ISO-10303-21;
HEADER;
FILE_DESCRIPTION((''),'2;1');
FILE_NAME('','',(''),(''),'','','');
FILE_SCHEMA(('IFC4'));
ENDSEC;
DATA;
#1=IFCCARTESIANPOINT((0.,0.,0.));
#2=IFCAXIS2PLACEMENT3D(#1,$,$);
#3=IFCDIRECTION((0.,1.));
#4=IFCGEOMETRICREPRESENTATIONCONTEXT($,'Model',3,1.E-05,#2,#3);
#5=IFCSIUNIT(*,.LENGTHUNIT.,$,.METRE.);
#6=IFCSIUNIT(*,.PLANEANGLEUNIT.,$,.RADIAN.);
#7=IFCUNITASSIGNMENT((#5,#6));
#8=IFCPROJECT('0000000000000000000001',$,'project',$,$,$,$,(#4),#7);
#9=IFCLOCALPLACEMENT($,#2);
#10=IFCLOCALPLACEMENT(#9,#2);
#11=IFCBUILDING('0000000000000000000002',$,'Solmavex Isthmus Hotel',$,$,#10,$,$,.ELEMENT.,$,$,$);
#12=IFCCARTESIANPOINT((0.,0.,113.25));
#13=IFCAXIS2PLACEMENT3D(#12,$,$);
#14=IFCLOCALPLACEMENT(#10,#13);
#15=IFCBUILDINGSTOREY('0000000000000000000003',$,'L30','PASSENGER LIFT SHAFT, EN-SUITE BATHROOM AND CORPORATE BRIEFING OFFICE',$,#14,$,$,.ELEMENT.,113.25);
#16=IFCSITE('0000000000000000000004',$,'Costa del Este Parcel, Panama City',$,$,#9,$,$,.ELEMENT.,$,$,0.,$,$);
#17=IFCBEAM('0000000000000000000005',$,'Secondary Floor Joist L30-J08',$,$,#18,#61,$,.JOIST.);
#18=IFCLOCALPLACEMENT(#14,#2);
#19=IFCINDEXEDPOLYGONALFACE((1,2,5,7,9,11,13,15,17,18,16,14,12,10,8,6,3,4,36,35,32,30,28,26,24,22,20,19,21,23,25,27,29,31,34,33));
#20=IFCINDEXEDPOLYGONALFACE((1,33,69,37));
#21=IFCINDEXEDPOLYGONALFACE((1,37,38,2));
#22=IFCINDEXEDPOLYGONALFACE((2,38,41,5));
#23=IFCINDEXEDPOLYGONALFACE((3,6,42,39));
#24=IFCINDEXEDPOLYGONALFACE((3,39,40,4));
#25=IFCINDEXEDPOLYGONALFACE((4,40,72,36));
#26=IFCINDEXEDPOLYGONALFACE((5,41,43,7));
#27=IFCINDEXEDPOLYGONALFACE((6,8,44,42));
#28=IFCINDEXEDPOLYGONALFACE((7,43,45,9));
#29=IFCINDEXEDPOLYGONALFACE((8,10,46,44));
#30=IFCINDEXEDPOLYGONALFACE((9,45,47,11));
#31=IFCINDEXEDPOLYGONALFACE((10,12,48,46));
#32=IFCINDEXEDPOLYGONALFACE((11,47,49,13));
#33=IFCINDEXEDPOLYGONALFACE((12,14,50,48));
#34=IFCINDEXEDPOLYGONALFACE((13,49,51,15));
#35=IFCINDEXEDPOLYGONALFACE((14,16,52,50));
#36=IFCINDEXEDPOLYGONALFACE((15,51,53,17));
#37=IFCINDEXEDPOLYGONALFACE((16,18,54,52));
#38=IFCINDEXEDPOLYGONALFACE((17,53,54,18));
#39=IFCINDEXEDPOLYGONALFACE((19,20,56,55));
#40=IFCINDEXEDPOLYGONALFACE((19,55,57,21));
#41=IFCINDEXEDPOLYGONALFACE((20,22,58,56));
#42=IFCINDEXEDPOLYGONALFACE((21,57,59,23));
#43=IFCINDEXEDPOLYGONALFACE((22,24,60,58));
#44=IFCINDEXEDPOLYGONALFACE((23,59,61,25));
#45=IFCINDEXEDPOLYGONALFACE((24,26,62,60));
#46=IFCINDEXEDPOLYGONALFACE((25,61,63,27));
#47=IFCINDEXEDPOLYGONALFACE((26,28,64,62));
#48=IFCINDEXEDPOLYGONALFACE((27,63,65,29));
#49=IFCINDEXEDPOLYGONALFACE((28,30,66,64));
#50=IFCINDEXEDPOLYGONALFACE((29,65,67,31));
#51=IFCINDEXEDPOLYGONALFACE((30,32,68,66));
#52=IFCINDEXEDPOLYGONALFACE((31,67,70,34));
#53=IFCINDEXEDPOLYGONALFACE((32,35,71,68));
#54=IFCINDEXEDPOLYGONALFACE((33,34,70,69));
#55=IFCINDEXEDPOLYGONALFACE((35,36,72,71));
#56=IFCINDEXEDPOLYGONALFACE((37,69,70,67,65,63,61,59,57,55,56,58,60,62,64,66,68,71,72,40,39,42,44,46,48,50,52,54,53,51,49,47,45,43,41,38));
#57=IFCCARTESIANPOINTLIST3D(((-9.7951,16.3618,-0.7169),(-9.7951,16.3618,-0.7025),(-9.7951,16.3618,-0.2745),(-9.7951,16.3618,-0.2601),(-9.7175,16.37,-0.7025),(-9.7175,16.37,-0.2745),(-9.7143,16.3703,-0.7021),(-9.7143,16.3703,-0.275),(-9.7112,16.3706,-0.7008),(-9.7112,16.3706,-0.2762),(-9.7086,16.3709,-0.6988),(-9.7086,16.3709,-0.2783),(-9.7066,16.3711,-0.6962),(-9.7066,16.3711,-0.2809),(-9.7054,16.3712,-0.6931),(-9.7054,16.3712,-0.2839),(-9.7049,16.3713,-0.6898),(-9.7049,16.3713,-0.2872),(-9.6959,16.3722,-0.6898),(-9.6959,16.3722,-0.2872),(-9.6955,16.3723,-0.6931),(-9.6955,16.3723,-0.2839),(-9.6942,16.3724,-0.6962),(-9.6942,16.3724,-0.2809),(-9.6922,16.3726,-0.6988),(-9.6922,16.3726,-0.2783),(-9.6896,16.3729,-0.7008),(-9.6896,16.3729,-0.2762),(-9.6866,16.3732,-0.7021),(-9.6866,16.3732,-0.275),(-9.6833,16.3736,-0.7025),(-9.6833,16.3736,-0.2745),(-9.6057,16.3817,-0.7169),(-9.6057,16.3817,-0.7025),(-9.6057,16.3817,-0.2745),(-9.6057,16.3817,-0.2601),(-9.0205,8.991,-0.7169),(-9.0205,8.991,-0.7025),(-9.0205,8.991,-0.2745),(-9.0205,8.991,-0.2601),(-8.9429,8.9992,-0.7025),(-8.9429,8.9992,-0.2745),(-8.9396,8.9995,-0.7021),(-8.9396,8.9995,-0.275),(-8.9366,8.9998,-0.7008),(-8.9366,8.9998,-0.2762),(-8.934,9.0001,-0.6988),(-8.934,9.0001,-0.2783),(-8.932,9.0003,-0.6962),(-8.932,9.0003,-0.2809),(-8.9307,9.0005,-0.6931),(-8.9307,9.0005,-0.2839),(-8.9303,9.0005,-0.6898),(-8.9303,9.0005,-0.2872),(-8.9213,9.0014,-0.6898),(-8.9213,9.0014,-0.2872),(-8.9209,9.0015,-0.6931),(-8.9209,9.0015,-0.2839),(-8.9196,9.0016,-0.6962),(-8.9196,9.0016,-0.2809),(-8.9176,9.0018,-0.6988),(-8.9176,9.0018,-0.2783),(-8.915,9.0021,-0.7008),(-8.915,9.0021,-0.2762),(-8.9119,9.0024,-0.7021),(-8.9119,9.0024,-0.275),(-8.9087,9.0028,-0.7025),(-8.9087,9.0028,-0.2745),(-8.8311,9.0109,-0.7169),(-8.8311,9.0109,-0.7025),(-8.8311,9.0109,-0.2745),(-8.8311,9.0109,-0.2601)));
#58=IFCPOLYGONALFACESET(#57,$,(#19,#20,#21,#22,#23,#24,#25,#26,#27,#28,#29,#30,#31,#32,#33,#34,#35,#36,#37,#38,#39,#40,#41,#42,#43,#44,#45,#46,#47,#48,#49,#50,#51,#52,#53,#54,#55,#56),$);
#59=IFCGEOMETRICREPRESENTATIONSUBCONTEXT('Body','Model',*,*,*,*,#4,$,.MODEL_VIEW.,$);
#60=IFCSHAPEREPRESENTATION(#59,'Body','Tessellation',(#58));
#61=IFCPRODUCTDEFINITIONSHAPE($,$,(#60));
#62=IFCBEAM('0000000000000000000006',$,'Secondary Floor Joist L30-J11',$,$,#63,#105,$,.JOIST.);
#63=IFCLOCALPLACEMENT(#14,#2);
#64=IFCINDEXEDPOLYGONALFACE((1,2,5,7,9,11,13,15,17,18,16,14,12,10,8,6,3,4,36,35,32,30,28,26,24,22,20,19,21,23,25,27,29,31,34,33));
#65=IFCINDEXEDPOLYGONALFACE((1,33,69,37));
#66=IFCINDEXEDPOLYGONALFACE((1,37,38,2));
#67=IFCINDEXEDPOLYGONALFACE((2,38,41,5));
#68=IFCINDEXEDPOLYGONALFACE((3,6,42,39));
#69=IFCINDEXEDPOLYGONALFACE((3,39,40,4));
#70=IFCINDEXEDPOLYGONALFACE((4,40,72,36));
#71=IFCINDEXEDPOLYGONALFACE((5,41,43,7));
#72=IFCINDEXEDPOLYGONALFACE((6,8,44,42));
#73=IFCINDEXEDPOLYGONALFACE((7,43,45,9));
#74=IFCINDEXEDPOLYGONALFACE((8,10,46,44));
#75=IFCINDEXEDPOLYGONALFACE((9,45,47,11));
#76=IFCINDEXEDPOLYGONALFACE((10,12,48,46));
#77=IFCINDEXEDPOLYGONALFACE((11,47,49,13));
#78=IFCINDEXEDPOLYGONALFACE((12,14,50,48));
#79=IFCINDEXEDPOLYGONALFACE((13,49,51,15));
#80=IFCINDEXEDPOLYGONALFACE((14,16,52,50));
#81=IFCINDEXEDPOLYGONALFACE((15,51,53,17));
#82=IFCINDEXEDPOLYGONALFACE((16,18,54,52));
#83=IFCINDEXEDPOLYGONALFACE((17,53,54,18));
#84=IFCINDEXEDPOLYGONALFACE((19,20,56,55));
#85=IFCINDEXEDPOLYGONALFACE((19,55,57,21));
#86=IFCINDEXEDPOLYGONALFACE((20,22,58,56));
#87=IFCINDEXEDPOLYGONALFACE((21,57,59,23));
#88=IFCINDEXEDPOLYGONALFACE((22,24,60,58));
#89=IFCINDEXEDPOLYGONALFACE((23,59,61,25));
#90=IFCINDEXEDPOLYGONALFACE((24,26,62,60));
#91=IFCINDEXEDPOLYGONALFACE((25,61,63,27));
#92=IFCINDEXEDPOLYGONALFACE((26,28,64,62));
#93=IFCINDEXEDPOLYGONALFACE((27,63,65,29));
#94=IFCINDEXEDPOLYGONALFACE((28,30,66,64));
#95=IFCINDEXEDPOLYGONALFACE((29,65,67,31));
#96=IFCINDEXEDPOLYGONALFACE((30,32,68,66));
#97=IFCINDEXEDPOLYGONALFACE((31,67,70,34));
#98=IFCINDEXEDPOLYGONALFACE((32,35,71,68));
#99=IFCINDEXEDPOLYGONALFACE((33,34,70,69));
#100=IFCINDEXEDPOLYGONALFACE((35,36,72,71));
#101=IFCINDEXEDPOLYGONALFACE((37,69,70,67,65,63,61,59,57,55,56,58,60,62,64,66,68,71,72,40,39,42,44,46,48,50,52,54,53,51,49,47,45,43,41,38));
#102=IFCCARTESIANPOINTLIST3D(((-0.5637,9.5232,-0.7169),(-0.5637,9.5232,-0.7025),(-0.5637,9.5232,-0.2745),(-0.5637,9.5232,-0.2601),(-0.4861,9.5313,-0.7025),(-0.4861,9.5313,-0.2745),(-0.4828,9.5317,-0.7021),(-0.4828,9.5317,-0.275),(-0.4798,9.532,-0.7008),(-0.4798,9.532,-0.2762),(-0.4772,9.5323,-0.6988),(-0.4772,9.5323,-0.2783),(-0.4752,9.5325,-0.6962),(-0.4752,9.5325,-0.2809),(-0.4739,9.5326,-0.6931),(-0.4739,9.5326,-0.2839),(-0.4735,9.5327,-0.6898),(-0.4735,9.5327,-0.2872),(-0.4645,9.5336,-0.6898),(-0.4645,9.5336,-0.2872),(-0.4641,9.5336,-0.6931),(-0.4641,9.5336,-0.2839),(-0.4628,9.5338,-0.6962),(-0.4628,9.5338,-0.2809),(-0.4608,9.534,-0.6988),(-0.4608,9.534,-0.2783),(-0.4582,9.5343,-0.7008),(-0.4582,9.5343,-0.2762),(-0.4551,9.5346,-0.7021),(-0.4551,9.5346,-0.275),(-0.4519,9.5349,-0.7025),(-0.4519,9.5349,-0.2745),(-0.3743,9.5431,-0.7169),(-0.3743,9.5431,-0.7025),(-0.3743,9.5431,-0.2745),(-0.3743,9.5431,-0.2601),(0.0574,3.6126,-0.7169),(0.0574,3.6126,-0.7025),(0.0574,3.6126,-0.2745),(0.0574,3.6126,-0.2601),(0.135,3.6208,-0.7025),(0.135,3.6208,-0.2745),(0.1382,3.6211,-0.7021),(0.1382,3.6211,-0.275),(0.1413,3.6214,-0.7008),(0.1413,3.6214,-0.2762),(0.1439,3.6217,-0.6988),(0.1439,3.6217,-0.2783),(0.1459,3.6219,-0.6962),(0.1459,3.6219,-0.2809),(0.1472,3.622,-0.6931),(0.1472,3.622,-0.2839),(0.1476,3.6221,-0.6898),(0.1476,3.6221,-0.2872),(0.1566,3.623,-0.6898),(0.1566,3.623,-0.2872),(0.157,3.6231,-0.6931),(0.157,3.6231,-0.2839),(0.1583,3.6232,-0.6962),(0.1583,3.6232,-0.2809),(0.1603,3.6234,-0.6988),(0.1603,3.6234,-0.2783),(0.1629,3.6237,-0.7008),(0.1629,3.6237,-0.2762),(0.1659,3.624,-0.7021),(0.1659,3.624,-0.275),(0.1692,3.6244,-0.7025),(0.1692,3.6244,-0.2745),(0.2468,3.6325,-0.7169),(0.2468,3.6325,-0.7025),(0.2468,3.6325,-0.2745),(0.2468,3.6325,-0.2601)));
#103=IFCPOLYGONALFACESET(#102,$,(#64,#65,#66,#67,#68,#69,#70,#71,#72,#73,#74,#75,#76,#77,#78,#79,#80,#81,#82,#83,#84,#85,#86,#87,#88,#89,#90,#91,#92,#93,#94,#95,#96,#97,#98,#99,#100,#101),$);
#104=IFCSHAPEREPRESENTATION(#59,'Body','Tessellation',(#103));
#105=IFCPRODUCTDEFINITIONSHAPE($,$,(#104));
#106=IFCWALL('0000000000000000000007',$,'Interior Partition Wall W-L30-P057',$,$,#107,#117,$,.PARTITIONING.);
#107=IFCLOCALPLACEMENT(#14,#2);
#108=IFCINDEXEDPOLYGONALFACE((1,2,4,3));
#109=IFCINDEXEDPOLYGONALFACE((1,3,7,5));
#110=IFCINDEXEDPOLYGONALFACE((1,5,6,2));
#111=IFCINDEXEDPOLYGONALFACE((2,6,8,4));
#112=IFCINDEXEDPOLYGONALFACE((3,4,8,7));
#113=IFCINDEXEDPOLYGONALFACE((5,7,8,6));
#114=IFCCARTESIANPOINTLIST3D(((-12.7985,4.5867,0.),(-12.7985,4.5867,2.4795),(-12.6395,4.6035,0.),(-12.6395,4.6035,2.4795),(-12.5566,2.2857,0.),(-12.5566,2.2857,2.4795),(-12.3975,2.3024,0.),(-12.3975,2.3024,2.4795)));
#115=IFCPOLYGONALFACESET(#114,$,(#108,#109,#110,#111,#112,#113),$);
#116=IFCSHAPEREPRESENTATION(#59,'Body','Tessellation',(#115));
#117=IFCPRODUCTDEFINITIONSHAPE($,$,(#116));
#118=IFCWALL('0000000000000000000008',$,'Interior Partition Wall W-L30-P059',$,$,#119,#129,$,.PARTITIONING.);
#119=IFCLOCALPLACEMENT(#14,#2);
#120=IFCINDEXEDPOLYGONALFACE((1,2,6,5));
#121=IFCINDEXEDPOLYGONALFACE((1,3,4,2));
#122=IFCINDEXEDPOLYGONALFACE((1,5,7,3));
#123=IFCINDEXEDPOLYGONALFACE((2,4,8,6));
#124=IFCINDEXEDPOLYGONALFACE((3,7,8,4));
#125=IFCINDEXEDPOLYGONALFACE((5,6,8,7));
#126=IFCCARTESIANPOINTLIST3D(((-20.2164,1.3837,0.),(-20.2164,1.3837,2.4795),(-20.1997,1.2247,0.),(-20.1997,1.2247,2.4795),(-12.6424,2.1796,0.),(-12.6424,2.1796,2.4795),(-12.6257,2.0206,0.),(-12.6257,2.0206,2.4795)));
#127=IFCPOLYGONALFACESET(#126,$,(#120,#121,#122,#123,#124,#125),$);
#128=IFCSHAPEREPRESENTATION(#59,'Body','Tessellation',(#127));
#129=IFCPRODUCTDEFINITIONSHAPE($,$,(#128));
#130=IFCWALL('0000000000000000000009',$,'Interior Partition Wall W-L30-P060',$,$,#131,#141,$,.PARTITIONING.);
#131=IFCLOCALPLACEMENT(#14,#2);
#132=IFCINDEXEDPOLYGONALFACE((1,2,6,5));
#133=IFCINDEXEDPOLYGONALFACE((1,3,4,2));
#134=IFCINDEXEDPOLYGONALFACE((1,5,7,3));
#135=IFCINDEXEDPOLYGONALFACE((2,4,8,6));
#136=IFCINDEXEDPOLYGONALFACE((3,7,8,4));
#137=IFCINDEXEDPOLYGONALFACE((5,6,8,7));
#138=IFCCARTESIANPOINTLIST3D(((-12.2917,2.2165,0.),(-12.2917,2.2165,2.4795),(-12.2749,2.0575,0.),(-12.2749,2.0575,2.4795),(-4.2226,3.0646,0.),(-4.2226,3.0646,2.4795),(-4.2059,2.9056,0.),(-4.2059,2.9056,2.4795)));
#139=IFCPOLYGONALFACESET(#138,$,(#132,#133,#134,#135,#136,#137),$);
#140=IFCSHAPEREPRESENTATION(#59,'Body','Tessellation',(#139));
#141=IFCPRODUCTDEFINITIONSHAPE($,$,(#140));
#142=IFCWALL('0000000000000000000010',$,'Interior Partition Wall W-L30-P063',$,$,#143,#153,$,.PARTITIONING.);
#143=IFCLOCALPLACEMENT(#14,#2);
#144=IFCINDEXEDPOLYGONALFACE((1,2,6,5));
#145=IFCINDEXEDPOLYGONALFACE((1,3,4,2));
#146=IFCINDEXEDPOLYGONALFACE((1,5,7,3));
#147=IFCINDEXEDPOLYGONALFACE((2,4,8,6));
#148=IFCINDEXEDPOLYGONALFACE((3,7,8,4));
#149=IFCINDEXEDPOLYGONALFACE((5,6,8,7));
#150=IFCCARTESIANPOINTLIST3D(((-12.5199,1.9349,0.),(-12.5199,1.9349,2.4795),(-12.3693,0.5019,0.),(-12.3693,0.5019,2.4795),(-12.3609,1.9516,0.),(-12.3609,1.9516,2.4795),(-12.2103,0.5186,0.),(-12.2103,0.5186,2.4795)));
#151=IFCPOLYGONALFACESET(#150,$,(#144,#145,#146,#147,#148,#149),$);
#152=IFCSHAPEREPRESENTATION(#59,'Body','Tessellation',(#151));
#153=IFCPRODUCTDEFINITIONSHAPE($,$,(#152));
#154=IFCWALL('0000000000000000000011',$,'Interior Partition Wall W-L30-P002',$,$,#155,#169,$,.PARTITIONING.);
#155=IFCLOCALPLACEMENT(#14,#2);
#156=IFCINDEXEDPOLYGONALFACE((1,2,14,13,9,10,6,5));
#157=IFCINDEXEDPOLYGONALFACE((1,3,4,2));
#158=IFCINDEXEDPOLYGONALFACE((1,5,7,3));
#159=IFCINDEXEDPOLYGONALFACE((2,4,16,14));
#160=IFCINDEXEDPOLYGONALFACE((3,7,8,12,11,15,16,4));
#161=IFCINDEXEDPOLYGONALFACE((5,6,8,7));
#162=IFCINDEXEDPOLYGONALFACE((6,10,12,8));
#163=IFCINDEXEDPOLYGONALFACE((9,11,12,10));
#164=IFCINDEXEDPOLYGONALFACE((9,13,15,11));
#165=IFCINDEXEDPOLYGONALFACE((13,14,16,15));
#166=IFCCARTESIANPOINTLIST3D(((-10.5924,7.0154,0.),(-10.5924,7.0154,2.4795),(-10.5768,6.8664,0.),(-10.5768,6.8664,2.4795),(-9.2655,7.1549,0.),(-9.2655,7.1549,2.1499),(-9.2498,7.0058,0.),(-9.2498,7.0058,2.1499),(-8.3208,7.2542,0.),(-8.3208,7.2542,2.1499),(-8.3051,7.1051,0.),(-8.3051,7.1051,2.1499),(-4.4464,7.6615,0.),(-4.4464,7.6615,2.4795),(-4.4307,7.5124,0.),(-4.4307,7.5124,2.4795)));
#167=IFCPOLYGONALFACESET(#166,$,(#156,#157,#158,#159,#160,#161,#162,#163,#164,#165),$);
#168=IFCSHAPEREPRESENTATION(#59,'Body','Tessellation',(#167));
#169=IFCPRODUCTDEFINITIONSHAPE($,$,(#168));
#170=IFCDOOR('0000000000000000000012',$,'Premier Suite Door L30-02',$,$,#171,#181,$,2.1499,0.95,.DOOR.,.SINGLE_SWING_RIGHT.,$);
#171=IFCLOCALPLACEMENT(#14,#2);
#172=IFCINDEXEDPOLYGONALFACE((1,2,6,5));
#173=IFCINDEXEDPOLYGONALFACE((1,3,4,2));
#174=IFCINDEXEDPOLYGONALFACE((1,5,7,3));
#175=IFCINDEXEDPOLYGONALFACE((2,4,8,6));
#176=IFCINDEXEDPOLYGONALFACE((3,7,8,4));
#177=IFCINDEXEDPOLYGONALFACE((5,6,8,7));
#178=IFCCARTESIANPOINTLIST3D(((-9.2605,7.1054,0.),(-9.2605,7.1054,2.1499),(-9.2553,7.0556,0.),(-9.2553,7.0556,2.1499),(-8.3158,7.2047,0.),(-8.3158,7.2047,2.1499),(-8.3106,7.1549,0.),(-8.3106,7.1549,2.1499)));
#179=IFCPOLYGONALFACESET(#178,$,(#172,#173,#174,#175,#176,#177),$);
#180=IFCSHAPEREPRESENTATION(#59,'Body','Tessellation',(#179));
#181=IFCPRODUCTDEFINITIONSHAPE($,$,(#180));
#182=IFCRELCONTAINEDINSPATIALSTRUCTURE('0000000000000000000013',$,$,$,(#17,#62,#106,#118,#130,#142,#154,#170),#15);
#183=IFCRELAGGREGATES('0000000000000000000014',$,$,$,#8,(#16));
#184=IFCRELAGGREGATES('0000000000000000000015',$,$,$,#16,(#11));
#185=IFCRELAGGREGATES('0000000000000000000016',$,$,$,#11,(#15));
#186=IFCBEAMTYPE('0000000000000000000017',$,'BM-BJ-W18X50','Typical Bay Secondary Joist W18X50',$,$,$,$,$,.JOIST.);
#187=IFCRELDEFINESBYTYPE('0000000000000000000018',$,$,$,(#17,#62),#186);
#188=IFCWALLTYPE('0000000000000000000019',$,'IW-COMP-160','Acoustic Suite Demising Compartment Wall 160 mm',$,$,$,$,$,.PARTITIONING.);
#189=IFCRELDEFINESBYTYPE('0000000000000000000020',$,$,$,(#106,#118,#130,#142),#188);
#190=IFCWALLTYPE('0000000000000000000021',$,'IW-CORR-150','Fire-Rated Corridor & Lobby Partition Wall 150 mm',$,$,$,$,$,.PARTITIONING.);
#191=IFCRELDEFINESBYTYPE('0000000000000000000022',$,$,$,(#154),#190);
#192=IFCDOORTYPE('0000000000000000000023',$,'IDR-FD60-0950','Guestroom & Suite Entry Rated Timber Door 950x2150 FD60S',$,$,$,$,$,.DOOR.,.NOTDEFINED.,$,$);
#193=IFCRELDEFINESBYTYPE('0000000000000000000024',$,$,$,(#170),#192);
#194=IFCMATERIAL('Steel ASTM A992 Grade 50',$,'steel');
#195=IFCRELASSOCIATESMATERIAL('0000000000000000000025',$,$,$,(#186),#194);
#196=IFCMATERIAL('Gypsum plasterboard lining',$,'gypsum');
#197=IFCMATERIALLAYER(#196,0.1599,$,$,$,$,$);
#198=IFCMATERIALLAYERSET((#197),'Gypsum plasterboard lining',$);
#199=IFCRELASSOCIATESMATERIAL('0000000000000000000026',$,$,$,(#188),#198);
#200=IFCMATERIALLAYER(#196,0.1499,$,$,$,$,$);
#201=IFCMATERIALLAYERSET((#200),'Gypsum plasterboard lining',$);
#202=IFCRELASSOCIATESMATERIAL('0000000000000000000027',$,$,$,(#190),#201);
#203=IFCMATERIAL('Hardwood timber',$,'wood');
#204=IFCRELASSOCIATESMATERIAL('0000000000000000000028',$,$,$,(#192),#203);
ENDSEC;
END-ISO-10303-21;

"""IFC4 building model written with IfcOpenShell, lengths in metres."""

from ifc_helpers import new_model, si_unit, direction, frame, frame_2d, origin, origin_2d, place, context, subcontext, project, spatial, rectangle, i_section, extrude, material, layer, layer_set, material_profile, profile_set, type_object, element, fill, save


model = new_model("IFC4")

# Units and contexts
model_context = context("Model", 3, precision=1e-05, world=origin(), true_north=direction((0.0, 1.0)))
body_context = subcontext(model_context, "Body", "Model", "MODEL_VIEW")
ifc_project = project(units=[si_unit("LENGTHUNIT", "METRE"), si_unit("PLANEANGLEUNIT", "RADIAN")], contexts=[model_context])

# Site, building, storey
site_placement = place(None, origin())
site = spatial("IfcSite", under=ifc_project, at=site_placement, Name="Costa del Este Parcel, Panama City", CompositionType="ELEMENT", RefElevation=0.0)
building_placement = place(site_placement, origin())
building = spatial("IfcBuilding", under=site, at=building_placement, Name="Solmavex Isthmus Hotel", CompositionType="ELEMENT")
storey_placement = place(building_placement, frame((0.0, 0.0, 113.25)))
storey = spatial("IfcBuildingStorey", under=building, at=storey_placement, Name="L30", Description="PASSENGER LIFT SHAFT, EN-SUITE BATHROOM AND CORPORATE BRIEFING OFFICE", CompositionType="ELEMENT", Elevation=113.25)

# Beams
ifc_material_1 = material(Name="Steel ASTM A992 Grade 50", Category="steel")
ifc_material_profile_1 = material_profile(ifc_material_1, i_section(OverallWidth=0.1904, OverallDepth=0.4568, WebThickness=0.009, FlangeThickness=0.0144, FilletRadius=0.0127, at=origin_2d()), Name="W18X50")
ifc_profile_set_1 = profile_set([ifc_material_profile_1], Name="Steel ASTM A992 Grade 50")
beam_type_1 = type_object("IfcBeamType", Name="BM-BJ-W18X50", Description="Typical Bay Secondary Joist W18X50", PredefinedType="JOIST", material=ifc_profile_set_1)
beam_1_placement = place(storey_placement, frame((-8.9258, 9.001, -0.4885), z_axis=(-0.104522, 0.994523, 0.0), x_axis=(-0.994523, -0.104522, 0.0)))
element("IfcBeam", 1, at=beam_1_placement, inside=storey, type_object=beam_type_1, Name="Secondary Floor Joist L30-J08", PredefinedType="JOIST", context=body_context, shape_type="SweptSolid", body=[
    extrude(i_section(OverallWidth=0.1904, OverallDepth=0.4568, WebThickness=0.009, FlangeThickness=0.0144, FilletRadius=0.0127, at=origin_2d()), origin(), (0.0, 0.0, 1.0), 7.4114),
])
beam_2_placement = place(storey_placement, frame((0.1521, 3.6226, -0.4885), z_axis=(-0.104505, 0.994524, 0.0), x_axis=(-0.994524, -0.104505, 0.0)))
element("IfcBeam", 2, at=beam_2_placement, inside=storey, type_object=beam_type_1, Name="Secondary Floor Joist L30-J11", PredefinedType="JOIST", context=body_context, shape_type="SweptSolid", body=[
    extrude(i_section(OverallWidth=0.1904, OverallDepth=0.4568, WebThickness=0.009, FlangeThickness=0.0144, FilletRadius=0.0127, at=origin_2d()), origin(), (0.0, 0.0, 1.0), 5.9431),
])

# Walls
ifc_material_2 = material(Name="Gypsum plasterboard lining", Category="gypsum")
ifc_layer_1 = layer(ifc_material_2, 0.1599)
ifc_layer_set_1 = layer_set([ifc_layer_1], Name="Gypsum plasterboard lining")
wall_type_1 = type_object("IfcWallType", Name="IW-COMP-160", Description="Acoustic Suite Demising Compartment Wall 160 mm", PredefinedType="PARTITIONING", material=ifc_layer_set_1)
wall_1_placement = place(storey_placement, frame((-12.719, 4.595, 0.0), z_axis=(0.0, 0.0, 1.0), x_axis=(0.104569, -0.994518, 0.0)))
element("IfcWall", 3, at=wall_1_placement, inside=storey, type_object=wall_type_1, Name="Interior Partition Wall W-L30-P057", PredefinedType="PARTITIONING", context=body_context, shape_type="SweptSolid", body=[
    extrude(rectangle(XDim=2.3137, YDim=0.1599, at=frame_2d((1.1567, 0.0))), origin(), (0.0, 0.0, 1.0), 2.4795),
])
wall_2_placement = place(storey_placement, frame((-12.634, 2.1001, 0.0), z_axis=(0.0, 0.0, 1.0), x_axis=(-0.994524, -0.104508, 0.0)))
element("IfcWall", 4, at=wall_2_placement, inside=storey, type_object=wall_type_1, Name="Interior Partition Wall W-L30-P059", PredefinedType="PARTITIONING", context=body_context, shape_type="SweptSolid", body=[
    extrude(rectangle(XDim=7.6157, YDim=0.1599, at=frame_2d((3.8079, 0.0))), origin(), (0.0, 0.0, 1.0), 2.4795),
])
wall_3_placement = place(storey_placement, frame((-4.2144, 2.9851, 0.0), z_axis=(0.0, 0.0, 1.0), x_axis=(-0.994521, -0.104534, 0.0)))
element("IfcWall", 5, at=wall_3_placement, inside=storey, type_object=wall_type_1, Name="Interior Partition Wall W-L30-P060", PredefinedType="PARTITIONING", context=body_context, shape_type="SweptSolid", body=[
    extrude(rectangle(XDim=8.1135, YDim=0.1599, at=frame_2d((4.0566, 0.0))), origin(), (0.0, 0.0, 1.0), 2.4795),
])
wall_4_placement = place(storey_placement, frame((-12.2898, 0.5103, 0.0), z_axis=(0.0, 0.0, 1.0), x_axis=(-0.104535, 0.994521, 0.0)))
element("IfcWall", 6, at=wall_4_placement, inside=storey, type_object=wall_type_1, Name="Interior Partition Wall W-L30-P063", PredefinedType="PARTITIONING", context=body_context, shape_type="SweptSolid", body=[
    extrude(rectangle(XDim=1.4409, YDim=0.1599, at=frame_2d((0.7205, 0.0))), origin(), (0.0, 0.0, 1.0), 2.4795),
])

# Wall, opening, door
ifc_layer_2 = layer(ifc_material_2, 0.1499)
ifc_layer_set_2 = layer_set([ifc_layer_2], Name="Gypsum plasterboard lining")
wall_type_2 = type_object("IfcWallType", Name="IW-CORR-150", Description="Fire-Rated Corridor & Lobby Partition Wall 150 mm", PredefinedType="PARTITIONING", material=ifc_layer_set_2)
wall_5_placement = place(storey_placement, frame((-10.5845, 6.9409, 0.0), z_axis=(0.0, 0.0, 1.0), x_axis=(0.994521, 0.104533, 0.0)))
wall_5 = element("IfcWall", 7, at=wall_5_placement, inside=storey, type_object=wall_type_2, Name="Interior Partition Wall W-L30-P002", PredefinedType="PARTITIONING", context=body_context, shape_type="SweptSolid", body=[
    extrude(rectangle(XDim=6.1799, YDim=0.1499, at=frame_2d((3.0898, 0.0))), origin(), (0.0, 0.0, 1.0), 2.4795),
])
opening_1_placement = place(wall_5_placement, frame((1.334, 0.0, 0.0)))
opening_1 = element("IfcOpeningElement", 8, at=opening_1_placement, cuts=wall_5, PredefinedType="OPENING", context=body_context, shape_type="SweptSolid", body=[
    extrude(rectangle(XDim=0.95, YDim=2.1499, at=frame_2d((0.4751, 1.075))), frame((0.0, 0.085, 0.0), z_axis=(0.0, -1.0, 0.0), x_axis=(1.0, 0.0, 0.0)), (0.0, 0.0, 1.0), 0.1699),
])
ifc_material_3 = material(Name="Hardwood timber", Category="wood")
door_type_1 = type_object("IfcDoorType", Name="IDR-FD60-0950", Description="Guestroom & Suite Entry Rated Timber Door 950x2150 FD60S", OperationType="NOTDEFINED", PredefinedType="DOOR", material=ifc_material_3)
door_1_placement = place(opening_1_placement, frame((0.95, 0.0, 0.0), z_axis=(0.0, 0.0, 1.0), x_axis=(-1.0, 0.0, 0.0)))
door_1 = element("IfcDoor", 9, at=door_1_placement, inside=storey, type_object=door_type_1, Name="Premier Suite Door L30-02", OperationType="SINGLE_SWING_RIGHT", OverallHeight=2.1499, OverallWidth=0.95, PredefinedType="DOOR", context=body_context, shape_type="SweptSolid", body=[
    extrude(rectangle(XDim=0.95, YDim=2.1499, at=frame_2d((0.4751, 1.075))), frame((0.0, 0.0249, 0.0), z_axis=(0.0, -1.0, 0.0), x_axis=(1.0, 0.0, 0.0)), (0.0, 0.0, 1.0), 0.05),
])
fill(opening_1, door_1)

save(model, "model.ifc")
